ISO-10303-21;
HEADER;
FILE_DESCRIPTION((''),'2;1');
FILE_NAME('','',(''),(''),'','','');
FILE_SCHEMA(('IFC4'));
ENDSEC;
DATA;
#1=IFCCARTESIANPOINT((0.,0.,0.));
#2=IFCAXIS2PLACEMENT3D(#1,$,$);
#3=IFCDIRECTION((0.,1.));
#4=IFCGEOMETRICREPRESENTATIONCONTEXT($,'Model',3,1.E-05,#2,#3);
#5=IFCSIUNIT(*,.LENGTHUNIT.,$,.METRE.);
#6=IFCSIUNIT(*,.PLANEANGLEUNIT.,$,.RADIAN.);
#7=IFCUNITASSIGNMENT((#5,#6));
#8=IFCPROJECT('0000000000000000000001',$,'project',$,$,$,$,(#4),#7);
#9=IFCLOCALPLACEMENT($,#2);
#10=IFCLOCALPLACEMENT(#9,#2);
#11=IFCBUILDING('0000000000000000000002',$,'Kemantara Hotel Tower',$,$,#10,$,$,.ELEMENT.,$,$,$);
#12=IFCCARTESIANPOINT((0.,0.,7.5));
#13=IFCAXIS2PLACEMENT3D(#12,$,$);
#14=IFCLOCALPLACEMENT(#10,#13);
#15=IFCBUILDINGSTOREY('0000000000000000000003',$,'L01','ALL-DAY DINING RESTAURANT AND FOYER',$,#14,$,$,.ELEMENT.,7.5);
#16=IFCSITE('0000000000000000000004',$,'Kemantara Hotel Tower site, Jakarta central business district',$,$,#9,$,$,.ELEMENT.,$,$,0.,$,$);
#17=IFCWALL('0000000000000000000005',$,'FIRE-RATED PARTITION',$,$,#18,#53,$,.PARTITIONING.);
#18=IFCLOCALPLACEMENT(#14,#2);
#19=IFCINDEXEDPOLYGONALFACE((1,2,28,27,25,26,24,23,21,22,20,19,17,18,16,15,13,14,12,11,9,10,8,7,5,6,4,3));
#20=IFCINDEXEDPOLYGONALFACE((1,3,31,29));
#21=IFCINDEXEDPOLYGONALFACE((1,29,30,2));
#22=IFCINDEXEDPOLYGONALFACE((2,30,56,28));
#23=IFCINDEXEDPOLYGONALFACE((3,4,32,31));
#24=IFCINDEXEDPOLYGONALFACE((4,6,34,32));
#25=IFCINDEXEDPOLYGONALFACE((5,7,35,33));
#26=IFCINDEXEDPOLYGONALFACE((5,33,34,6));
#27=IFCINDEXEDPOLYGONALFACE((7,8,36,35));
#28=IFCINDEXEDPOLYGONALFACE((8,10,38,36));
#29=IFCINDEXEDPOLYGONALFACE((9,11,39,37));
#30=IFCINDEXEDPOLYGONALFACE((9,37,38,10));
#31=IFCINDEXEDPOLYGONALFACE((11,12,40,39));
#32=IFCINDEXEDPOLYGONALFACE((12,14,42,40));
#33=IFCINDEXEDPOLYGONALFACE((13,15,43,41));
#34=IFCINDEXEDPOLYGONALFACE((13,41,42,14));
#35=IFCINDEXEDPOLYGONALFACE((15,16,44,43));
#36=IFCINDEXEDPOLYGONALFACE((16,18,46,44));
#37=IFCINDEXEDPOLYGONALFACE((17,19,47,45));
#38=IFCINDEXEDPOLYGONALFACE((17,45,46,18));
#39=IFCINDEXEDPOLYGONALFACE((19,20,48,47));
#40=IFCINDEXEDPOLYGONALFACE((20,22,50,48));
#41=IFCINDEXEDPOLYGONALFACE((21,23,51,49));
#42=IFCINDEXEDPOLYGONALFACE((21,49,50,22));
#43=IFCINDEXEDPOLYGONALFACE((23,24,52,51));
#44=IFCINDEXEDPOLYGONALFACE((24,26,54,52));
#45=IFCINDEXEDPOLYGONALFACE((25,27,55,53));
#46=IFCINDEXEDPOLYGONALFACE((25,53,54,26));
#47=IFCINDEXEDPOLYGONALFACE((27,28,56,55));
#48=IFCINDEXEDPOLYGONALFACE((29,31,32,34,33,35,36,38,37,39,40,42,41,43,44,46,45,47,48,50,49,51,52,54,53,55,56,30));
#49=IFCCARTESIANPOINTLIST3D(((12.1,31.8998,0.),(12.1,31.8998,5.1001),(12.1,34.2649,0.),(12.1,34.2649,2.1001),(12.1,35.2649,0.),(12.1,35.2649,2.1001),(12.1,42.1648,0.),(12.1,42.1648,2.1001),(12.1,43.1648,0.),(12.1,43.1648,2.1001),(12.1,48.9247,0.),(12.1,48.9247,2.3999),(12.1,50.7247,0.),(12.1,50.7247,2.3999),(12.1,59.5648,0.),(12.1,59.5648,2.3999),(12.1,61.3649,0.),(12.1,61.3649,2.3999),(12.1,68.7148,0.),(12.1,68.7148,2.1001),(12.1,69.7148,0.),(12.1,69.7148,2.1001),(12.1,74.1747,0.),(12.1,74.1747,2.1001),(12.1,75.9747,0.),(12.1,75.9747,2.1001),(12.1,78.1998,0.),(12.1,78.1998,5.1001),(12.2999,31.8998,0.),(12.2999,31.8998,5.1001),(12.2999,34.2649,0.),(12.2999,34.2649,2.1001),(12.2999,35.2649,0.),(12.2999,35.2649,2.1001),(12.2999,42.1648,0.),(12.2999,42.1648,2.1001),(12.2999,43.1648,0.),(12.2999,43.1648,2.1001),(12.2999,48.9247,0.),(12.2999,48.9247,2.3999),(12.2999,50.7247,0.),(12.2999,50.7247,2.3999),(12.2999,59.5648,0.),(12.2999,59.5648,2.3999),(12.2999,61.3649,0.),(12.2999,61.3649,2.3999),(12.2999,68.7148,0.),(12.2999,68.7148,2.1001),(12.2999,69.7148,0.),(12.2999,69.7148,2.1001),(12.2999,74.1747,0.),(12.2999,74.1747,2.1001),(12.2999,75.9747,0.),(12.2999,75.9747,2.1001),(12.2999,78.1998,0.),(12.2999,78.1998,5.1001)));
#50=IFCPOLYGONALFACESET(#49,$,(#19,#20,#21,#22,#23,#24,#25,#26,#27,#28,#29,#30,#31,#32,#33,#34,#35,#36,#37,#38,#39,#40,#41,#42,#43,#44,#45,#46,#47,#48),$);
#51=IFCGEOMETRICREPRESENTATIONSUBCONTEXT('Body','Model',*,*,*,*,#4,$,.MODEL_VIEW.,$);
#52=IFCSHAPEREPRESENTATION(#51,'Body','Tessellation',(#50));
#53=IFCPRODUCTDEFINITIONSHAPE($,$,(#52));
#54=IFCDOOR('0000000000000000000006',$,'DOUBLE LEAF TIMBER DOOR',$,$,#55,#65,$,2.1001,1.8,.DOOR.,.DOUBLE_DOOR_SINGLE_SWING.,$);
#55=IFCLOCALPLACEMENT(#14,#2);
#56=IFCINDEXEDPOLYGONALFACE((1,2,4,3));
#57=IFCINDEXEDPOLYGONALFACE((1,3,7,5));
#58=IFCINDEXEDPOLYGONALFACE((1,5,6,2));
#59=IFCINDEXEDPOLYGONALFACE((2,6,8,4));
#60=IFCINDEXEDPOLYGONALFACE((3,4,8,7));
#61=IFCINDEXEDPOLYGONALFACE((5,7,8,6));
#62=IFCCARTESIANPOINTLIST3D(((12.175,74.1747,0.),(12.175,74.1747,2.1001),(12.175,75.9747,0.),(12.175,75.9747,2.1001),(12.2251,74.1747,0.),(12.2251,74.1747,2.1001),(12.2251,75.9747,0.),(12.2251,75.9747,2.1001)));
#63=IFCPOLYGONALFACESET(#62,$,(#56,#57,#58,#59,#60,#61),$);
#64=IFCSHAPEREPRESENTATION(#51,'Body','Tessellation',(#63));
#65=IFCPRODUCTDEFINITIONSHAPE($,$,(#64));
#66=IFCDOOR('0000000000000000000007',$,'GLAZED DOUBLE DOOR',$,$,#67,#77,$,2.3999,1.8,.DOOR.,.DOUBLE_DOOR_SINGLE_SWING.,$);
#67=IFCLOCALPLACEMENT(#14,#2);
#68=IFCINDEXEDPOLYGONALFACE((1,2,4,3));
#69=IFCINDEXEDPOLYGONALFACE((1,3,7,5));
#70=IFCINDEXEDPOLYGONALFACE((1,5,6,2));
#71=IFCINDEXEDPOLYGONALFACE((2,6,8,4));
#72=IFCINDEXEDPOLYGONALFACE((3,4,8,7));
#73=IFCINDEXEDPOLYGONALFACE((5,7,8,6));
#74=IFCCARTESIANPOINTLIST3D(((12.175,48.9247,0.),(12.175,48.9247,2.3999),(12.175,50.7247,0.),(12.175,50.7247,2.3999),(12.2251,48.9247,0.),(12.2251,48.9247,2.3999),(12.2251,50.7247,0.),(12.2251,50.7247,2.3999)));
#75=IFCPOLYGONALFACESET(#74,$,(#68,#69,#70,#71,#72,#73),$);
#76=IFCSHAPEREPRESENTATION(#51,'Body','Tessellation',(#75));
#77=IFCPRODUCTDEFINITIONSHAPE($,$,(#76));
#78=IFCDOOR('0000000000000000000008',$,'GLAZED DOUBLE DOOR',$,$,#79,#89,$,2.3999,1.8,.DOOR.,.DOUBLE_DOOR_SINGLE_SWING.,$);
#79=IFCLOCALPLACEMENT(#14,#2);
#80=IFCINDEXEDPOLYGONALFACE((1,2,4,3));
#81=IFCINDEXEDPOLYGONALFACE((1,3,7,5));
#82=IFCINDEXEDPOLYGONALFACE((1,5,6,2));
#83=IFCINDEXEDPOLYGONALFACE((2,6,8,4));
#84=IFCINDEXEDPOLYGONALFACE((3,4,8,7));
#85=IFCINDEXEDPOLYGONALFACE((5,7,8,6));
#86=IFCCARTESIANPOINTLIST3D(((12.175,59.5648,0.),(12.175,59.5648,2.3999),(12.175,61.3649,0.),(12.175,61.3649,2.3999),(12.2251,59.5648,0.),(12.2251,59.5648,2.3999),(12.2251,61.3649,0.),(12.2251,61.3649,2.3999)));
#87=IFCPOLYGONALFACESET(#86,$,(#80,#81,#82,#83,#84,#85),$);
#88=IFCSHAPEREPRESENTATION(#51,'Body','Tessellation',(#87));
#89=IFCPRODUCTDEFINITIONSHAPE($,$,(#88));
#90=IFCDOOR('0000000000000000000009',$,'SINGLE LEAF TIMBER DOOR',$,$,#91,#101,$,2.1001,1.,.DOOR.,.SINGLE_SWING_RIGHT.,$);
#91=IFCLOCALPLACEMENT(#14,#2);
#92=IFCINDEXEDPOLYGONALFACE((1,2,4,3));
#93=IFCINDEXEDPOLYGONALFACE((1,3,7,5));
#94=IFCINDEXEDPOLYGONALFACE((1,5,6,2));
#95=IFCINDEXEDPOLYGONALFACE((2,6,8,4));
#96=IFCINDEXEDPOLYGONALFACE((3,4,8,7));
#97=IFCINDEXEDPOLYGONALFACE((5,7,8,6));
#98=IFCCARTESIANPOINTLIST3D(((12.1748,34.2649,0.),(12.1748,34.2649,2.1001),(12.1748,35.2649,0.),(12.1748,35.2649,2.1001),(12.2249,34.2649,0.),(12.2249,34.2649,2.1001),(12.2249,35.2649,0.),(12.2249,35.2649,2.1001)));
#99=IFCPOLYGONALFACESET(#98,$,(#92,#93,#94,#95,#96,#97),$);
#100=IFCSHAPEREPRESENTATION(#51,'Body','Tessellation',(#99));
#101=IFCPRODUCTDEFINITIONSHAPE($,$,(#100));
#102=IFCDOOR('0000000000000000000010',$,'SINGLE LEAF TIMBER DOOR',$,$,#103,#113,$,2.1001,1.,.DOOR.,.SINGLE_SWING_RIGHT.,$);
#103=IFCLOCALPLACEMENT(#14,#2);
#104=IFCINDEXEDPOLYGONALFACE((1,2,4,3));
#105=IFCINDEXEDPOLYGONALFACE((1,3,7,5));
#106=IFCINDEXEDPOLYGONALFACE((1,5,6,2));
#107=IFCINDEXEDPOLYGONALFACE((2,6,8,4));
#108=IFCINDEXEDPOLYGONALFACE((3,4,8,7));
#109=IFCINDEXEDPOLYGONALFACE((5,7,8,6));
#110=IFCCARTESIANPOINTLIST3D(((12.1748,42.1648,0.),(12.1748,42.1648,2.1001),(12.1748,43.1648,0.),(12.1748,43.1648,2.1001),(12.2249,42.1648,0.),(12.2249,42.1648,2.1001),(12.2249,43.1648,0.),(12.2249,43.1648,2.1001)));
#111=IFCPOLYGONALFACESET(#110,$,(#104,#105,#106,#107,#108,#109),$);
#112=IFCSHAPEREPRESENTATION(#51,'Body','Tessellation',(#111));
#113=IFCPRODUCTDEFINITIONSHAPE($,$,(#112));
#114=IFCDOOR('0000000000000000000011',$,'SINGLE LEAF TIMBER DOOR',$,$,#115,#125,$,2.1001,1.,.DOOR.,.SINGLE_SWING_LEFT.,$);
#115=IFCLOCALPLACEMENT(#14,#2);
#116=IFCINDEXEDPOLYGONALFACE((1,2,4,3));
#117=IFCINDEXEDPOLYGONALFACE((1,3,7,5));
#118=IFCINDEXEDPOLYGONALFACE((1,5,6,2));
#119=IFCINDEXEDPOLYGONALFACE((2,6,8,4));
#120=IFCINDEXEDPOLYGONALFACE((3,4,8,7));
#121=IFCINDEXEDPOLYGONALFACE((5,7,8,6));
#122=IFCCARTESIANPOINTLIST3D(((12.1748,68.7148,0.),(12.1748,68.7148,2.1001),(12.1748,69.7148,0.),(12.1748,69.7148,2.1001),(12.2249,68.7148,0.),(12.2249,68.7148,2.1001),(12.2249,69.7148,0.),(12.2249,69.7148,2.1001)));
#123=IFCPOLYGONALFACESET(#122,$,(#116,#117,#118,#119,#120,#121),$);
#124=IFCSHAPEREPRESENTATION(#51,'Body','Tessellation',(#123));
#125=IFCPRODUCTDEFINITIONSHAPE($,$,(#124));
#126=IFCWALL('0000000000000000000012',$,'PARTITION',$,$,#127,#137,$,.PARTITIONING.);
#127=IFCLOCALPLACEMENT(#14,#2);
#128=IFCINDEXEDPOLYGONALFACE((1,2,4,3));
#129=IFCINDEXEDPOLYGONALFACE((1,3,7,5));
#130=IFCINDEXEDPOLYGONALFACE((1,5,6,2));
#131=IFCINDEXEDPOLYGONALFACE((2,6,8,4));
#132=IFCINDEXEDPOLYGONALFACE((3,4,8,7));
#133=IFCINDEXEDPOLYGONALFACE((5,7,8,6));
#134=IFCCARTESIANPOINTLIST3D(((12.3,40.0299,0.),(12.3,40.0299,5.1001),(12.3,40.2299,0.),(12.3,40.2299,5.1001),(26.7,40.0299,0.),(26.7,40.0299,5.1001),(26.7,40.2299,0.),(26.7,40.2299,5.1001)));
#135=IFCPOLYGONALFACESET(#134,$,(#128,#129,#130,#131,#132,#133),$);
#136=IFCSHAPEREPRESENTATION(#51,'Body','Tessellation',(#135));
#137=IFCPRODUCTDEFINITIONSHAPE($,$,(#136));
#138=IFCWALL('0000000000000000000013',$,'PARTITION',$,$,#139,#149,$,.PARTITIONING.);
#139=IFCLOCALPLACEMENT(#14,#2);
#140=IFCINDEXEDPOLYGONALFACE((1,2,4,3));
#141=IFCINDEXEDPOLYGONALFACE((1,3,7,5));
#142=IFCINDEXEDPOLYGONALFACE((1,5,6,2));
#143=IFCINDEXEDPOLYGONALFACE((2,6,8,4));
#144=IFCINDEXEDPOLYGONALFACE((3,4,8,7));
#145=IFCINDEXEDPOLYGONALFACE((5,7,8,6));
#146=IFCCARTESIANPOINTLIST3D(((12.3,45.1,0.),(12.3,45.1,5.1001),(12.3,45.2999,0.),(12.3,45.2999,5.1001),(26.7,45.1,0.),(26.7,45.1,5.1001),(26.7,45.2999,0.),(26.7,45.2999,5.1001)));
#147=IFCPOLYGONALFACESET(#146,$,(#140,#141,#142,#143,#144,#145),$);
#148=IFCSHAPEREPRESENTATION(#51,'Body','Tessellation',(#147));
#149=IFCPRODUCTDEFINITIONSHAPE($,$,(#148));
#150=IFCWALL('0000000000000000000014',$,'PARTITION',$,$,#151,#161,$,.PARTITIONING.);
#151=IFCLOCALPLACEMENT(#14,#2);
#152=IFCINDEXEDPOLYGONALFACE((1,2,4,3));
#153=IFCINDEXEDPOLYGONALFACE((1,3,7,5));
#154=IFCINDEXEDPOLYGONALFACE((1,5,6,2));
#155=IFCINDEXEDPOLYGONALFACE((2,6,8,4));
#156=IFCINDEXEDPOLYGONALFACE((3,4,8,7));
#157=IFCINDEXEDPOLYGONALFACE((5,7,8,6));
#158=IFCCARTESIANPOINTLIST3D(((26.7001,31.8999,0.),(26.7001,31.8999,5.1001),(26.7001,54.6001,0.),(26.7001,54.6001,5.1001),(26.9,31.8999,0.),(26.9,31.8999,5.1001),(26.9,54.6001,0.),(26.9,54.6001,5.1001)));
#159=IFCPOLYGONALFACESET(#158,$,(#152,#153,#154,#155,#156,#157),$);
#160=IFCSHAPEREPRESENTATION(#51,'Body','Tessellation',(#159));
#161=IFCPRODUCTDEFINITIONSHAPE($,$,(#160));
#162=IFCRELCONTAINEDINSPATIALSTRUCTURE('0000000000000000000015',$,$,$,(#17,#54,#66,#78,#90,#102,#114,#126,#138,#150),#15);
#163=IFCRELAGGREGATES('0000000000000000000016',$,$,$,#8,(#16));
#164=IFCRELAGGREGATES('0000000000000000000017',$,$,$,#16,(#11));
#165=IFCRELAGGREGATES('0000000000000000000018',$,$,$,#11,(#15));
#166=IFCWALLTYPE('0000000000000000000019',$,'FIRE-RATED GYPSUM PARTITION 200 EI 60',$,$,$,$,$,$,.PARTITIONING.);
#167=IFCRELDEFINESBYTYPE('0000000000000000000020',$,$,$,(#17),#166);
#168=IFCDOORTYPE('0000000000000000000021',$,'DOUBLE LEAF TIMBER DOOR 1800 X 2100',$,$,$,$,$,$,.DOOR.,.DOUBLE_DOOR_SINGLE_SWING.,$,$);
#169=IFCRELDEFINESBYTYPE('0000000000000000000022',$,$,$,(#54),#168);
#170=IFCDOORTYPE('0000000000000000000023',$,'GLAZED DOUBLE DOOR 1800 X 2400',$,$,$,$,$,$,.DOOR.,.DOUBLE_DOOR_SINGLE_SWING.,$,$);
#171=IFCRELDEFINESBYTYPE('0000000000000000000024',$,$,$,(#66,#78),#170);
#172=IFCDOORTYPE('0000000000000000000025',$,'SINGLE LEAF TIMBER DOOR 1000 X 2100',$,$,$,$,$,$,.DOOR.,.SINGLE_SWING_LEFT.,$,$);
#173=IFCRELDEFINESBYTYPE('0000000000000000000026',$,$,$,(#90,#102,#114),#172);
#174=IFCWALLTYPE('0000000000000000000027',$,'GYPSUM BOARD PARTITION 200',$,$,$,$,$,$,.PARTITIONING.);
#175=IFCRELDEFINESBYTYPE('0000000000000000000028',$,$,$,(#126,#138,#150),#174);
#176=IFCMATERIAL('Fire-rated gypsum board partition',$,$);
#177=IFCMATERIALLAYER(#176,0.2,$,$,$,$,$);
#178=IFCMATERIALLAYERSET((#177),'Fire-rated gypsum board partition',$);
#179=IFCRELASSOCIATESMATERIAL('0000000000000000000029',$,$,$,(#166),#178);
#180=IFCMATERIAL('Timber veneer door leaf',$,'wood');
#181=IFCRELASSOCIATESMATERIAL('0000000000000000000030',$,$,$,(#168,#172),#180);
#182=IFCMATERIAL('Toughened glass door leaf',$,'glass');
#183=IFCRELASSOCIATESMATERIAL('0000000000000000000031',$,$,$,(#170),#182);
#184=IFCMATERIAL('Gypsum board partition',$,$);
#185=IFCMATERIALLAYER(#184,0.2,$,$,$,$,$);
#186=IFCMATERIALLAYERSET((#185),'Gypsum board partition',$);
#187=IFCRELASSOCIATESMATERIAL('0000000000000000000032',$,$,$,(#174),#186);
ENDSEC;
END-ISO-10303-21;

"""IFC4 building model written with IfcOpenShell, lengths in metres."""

from ifc_helpers import new_model, si_unit, direction, frame, frame_2d, origin, place, context, subcontext, project, spatial, rectangle, extrude, material, layer, layer_set, type_object, element, fill, save


model = new_model("IFC4")

# Units and contexts
model_context = context("Model", 3, precision=1e-05, world=origin(), true_north=direction((0.0, 1.0)))
body_context = subcontext(model_context, "Body", "Model", "MODEL_VIEW")
ifc_project = project(units=[si_unit("LENGTHUNIT", "METRE"), si_unit("PLANEANGLEUNIT", "RADIAN")], contexts=[model_context])

# Site, building, storey
site_placement = place(None, origin())
site = spatial("IfcSite", under=ifc_project, at=site_placement, Name="Kemantara Hotel Tower site, Jakarta central business district", CompositionType="ELEMENT", RefElevation=0.0)
building_placement = place(site_placement, origin())
building = spatial("IfcBuilding", under=site, at=building_placement, Name="Kemantara Hotel Tower", CompositionType="ELEMENT")
storey_placement = place(building_placement, frame((0.0, 0.0, 7.5)))
storey = spatial("IfcBuildingStorey", under=building, at=storey_placement, Name="L01", Description="ALL-DAY DINING RESTAURANT AND FOYER", CompositionType="ELEMENT", Elevation=7.5)

# Wall, openings, doors
ifc_material_1 = material(Name="Fire-rated gypsum board partition")
ifc_layer_1 = layer(ifc_material_1, 0.2)
ifc_layer_set_1 = layer_set([ifc_layer_1], Name="Fire-rated gypsum board partition")
wall_type_1 = type_object("IfcWallType", Name="FIRE-RATED GYPSUM PARTITION 200 EI 60", PredefinedType="PARTITIONING", material=ifc_layer_set_1)
wall_1_placement = place(storey_placement, frame((12.2, 31.8999, 0.0), z_axis=(0.0, 0.0, 1.0), x_axis=(0.0, 1.0, 0.0)))
wall_1 = element("IfcWall", 1, at=wall_1_placement, inside=storey, type_object=wall_type_1, Name="FIRE-RATED PARTITION", PredefinedType="PARTITIONING", context=body_context, shape_type="SweptSolid", body=[
    extrude(rectangle(XDim=46.3, YDim=0.2, at=frame_2d((23.1499, 0.0))), origin(), (0.0, 0.0, 1.0), 5.1001),
])
opening_1_placement = place(wall_1_placement, frame((2.365, 0.0, 0.0)))
opening_1 = element("IfcOpeningElement", 2, at=opening_1_placement, cuts=wall_1, PredefinedType="OPENING", context=body_context, shape_type="SweptSolid", body=[
    extrude(rectangle(XDim=1.0, YDim=2.1001, at=frame_2d((0.5, 1.05))), frame((0.0, 0.1099, 0.0), z_axis=(0.0, -1.0, 0.0), x_axis=(1.0, 0.0, 0.0)), (0.0, 0.0, 1.0), 0.22),
])
opening_2_placement = place(wall_1_placement, frame((10.2649, 0.0, 0.0)))
opening_2 = element("IfcOpeningElement", 3, at=opening_2_placement, cuts=wall_1, PredefinedType="OPENING", context=body_context, shape_type="SweptSolid", body=[
    extrude(rectangle(XDim=1.0, YDim=2.1001, at=frame_2d((0.5, 1.05))), frame((0.0, 0.1099, 0.0), z_axis=(0.0, -1.0, 0.0), x_axis=(1.0, 0.0, 0.0)), (0.0, 0.0, 1.0), 0.22),
])
opening_3_placement = place(wall_1_placement, frame((17.0249, 0.0, 0.0)))
opening_3 = element("IfcOpeningElement", 4, at=opening_3_placement, cuts=wall_1, PredefinedType="OPENING", context=body_context, shape_type="SweptSolid", body=[
    extrude(rectangle(XDim=1.8, YDim=2.3999, at=frame_2d((0.8999, 1.2))), frame((0.0, 0.1099, 0.0), z_axis=(0.0, -1.0, 0.0), x_axis=(1.0, 0.0, 0.0)), (0.0, 0.0, 1.0), 0.22),
])
opening_4_placement = place(wall_1_placement, frame((27.665, 0.0, 0.0)))
opening_4 = element("IfcOpeningElement", 5, at=opening_4_placement, cuts=wall_1, PredefinedType="OPENING", context=body_context, shape_type="SweptSolid", body=[
    extrude(rectangle(XDim=1.8, YDim=2.3999, at=frame_2d((0.8999, 1.2))), frame((0.0, 0.1099, 0.0), z_axis=(0.0, -1.0, 0.0), x_axis=(1.0, 0.0, 0.0)), (0.0, 0.0, 1.0), 0.22),
])
opening_5_placement = place(wall_1_placement, frame((36.8149, 0.0, 0.0)))
opening_5 = element("IfcOpeningElement", 6, at=opening_5_placement, cuts=wall_1, PredefinedType="OPENING", context=body_context, shape_type="SweptSolid", body=[
    extrude(rectangle(XDim=1.0, YDim=2.1001, at=frame_2d((0.5, 1.05))), frame((0.0, 0.1099, 0.0), z_axis=(0.0, -1.0, 0.0), x_axis=(1.0, 0.0, 0.0)), (0.0, 0.0, 1.0), 0.22),
])
opening_6_placement = place(wall_1_placement, frame((42.2749, 0.0, 0.0)))
opening_6 = element("IfcOpeningElement", 7, at=opening_6_placement, cuts=wall_1, PredefinedType="OPENING", context=body_context, shape_type="SweptSolid", body=[
    extrude(rectangle(XDim=1.8, YDim=2.1001, at=frame_2d((0.8999, 1.05))), frame((0.0, 0.1099, 0.0), z_axis=(0.0, -1.0, 0.0), x_axis=(1.0, 0.0, 0.0)), (0.0, 0.0, 1.0), 0.22),
])
ifc_material_2 = material(Name="Timber veneer door leaf", Category="wood")
door_type_1 = type_object("IfcDoorType", Name="DOUBLE LEAF TIMBER DOOR 1800 X 2100", OperationType="DOUBLE_DOOR_SINGLE_SWING", PredefinedType="DOOR", material=ifc_material_2)
door_1_placement = place(opening_6_placement, origin())
door_1 = element("IfcDoor", 8, at=door_1_placement, inside=storey, type_object=door_type_1, Name="DOUBLE LEAF TIMBER DOOR", OperationType="DOUBLE_DOOR_SINGLE_SWING", OverallHeight=2.1001, OverallWidth=1.8, PredefinedType="DOOR", context=body_context, shape_type="SweptSolid", body=[
    extrude(rectangle(XDim=1.8, YDim=2.1001, at=frame_2d((0.8999, 1.05))), frame((0.0, 0.0249, 0.0), z_axis=(0.0, -1.0, 0.0), x_axis=(1.0, 0.0, 0.0)), (0.0, 0.0, 1.0), 0.05),
])
fill(opening_6, door_1)
ifc_material_3 = material(Name="Toughened glass door leaf", Category="glass")
door_type_2 = type_object("IfcDoorType", Name="GLAZED DOUBLE DOOR 1800 X 2400", OperationType="DOUBLE_DOOR_SINGLE_SWING", PredefinedType="DOOR", material=ifc_material_3)
door_2_placement = place(opening_3_placement, origin())
door_2 = element("IfcDoor", 9, at=door_2_placement, inside=storey, type_object=door_type_2, Name="GLAZED DOUBLE DOOR", OperationType="DOUBLE_DOOR_SINGLE_SWING", OverallHeight=2.3999, OverallWidth=1.8, PredefinedType="DOOR", context=body_context, shape_type="SweptSolid", body=[
    extrude(rectangle(XDim=1.8, YDim=2.3999, at=frame_2d((0.8999, 1.2))), frame((0.0, 0.0249, 0.0), z_axis=(0.0, -1.0, 0.0), x_axis=(1.0, 0.0, 0.0)), (0.0, 0.0, 1.0), 0.05),
])
fill(opening_3, door_2)
door_3_placement = place(opening_4_placement, origin())
door_3 = element("IfcDoor", 10, at=door_3_placement, inside=storey, type_object=door_type_2, Name="GLAZED DOUBLE DOOR", OperationType="DOUBLE_DOOR_SINGLE_SWING", OverallHeight=2.3999, OverallWidth=1.8, PredefinedType="DOOR", context=body_context, shape_type="SweptSolid", body=[
    extrude(rectangle(XDim=1.8, YDim=2.3999, at=frame_2d((0.8999, 1.2))), frame((0.0, 0.0249, 0.0), z_axis=(0.0, -1.0, 0.0), x_axis=(1.0, 0.0, 0.0)), (0.0, 0.0, 1.0), 0.05),
])
fill(opening_4, door_3)
door_type_3 = type_object("IfcDoorType", Name="SINGLE LEAF TIMBER DOOR 1000 X 2100", OperationType="SINGLE_SWING_LEFT", PredefinedType="DOOR", material=ifc_material_2)
door_4_placement = place(opening_1_placement, frame((1.0, 0.0, 0.0), z_axis=(0.0, 0.0, 1.0), x_axis=(-1.0, 0.0, 0.0)))
door_4 = element("IfcDoor", 11, at=door_4_placement, inside=storey, type_object=door_type_3, Name="SINGLE LEAF TIMBER DOOR", OperationType="SINGLE_SWING_RIGHT", OverallHeight=2.1001, OverallWidth=1.0, PredefinedType="DOOR", context=body_context, shape_type="SweptSolid", body=[
    extrude(rectangle(XDim=1.0, YDim=2.1001, at=frame_2d((0.5, 1.05))), frame((0.0, 0.0249, 0.0), z_axis=(0.0, -1.0, 0.0), x_axis=(1.0, 0.0, 0.0)), (0.0, 0.0, 1.0), 0.05),
])
fill(opening_1, door_4)
door_5_placement = place(opening_2_placement, frame((1.0, 0.0, 0.0), z_axis=(0.0, 0.0, 1.0), x_axis=(-1.0, 0.0, 0.0)))
door_5 = element("IfcDoor", 12, at=door_5_placement, inside=storey, type_object=door_type_3, Name="SINGLE LEAF TIMBER DOOR", OperationType="SINGLE_SWING_RIGHT", OverallHeight=2.1001, OverallWidth=1.0, PredefinedType="DOOR", context=body_context, shape_type="SweptSolid", body=[
    extrude(rectangle(XDim=1.0, YDim=2.1001, at=frame_2d((0.5, 1.05))), frame((0.0, 0.0249, 0.0), z_axis=(0.0, -1.0, 0.0), x_axis=(1.0, 0.0, 0.0)), (0.0, 0.0, 1.0), 0.05),
])
fill(opening_2, door_5)
door_6_placement = place(opening_5_placement, frame((1.0, 0.0, 0.0), z_axis=(0.0, 0.0, 1.0), x_axis=(-1.0, 0.0, 0.0)))
door_6 = element("IfcDoor", 13, at=door_6_placement, inside=storey, type_object=door_type_3, Name="SINGLE LEAF TIMBER DOOR", OperationType="SINGLE_SWING_LEFT", OverallHeight=2.1001, OverallWidth=1.0, PredefinedType="DOOR", context=body_context, shape_type="SweptSolid", body=[
    extrude(rectangle(XDim=1.0, YDim=2.1001, at=frame_2d((0.5, 1.05))), frame((0.0, 0.0249, 0.0), z_axis=(0.0, -1.0, 0.0), x_axis=(1.0, 0.0, 0.0)), (0.0, 0.0, 1.0), 0.05),
])
fill(opening_5, door_6)

# Walls
ifc_material_4 = material(Name="Gypsum board partition")
ifc_layer_2 = layer(ifc_material_4, 0.2)
ifc_layer_set_2 = layer_set([ifc_layer_2], Name="Gypsum board partition")
wall_type_2 = type_object("IfcWallType", Name="GYPSUM BOARD PARTITION 200", PredefinedType="PARTITIONING", material=ifc_layer_set_2)
for number, where, z_axis, x_axis, name in (
    (14, (12.3, 40.1299, 0.0), (0.0, 0.0, 1.0), (1.0, 0.0, 0.0), "PARTITION"),
    (15, (12.3, 45.2, 0.0), (0.0, 0.0, 1.0), (1.0, 0.0, 0.0), "PARTITION"),
):
    element("IfcWall", number, at=place(storey_placement, frame(where, z_axis=z_axis, x_axis=x_axis)), inside=storey, type_object=wall_type_2, Name=name, PredefinedType="PARTITIONING", context=body_context, shape_type="SweptSolid", body=[
        extrude(rectangle(XDim=14.3999, YDim=0.2, at=frame_2d((7.2, 0.0))), origin(), (0.0, 0.0, 1.0), 5.1001),
    ])
wall_2_placement = place(storey_placement, frame((26.8, 31.8999, 0.0), z_axis=(0.0, 0.0, 1.0), x_axis=(0.0, 1.0, 0.0)))
element("IfcWall", 16, at=wall_2_placement, inside=storey, type_object=wall_type_2, Name="PARTITION", PredefinedType="PARTITIONING", context=body_context, shape_type="SweptSolid", body=[
    extrude(rectangle(XDim=22.7002, YDim=0.2, at=frame_2d((11.3501, 0.0))), origin(), (0.0, 0.0, 1.0), 5.1001),
])

save(model, "model.ifc")
